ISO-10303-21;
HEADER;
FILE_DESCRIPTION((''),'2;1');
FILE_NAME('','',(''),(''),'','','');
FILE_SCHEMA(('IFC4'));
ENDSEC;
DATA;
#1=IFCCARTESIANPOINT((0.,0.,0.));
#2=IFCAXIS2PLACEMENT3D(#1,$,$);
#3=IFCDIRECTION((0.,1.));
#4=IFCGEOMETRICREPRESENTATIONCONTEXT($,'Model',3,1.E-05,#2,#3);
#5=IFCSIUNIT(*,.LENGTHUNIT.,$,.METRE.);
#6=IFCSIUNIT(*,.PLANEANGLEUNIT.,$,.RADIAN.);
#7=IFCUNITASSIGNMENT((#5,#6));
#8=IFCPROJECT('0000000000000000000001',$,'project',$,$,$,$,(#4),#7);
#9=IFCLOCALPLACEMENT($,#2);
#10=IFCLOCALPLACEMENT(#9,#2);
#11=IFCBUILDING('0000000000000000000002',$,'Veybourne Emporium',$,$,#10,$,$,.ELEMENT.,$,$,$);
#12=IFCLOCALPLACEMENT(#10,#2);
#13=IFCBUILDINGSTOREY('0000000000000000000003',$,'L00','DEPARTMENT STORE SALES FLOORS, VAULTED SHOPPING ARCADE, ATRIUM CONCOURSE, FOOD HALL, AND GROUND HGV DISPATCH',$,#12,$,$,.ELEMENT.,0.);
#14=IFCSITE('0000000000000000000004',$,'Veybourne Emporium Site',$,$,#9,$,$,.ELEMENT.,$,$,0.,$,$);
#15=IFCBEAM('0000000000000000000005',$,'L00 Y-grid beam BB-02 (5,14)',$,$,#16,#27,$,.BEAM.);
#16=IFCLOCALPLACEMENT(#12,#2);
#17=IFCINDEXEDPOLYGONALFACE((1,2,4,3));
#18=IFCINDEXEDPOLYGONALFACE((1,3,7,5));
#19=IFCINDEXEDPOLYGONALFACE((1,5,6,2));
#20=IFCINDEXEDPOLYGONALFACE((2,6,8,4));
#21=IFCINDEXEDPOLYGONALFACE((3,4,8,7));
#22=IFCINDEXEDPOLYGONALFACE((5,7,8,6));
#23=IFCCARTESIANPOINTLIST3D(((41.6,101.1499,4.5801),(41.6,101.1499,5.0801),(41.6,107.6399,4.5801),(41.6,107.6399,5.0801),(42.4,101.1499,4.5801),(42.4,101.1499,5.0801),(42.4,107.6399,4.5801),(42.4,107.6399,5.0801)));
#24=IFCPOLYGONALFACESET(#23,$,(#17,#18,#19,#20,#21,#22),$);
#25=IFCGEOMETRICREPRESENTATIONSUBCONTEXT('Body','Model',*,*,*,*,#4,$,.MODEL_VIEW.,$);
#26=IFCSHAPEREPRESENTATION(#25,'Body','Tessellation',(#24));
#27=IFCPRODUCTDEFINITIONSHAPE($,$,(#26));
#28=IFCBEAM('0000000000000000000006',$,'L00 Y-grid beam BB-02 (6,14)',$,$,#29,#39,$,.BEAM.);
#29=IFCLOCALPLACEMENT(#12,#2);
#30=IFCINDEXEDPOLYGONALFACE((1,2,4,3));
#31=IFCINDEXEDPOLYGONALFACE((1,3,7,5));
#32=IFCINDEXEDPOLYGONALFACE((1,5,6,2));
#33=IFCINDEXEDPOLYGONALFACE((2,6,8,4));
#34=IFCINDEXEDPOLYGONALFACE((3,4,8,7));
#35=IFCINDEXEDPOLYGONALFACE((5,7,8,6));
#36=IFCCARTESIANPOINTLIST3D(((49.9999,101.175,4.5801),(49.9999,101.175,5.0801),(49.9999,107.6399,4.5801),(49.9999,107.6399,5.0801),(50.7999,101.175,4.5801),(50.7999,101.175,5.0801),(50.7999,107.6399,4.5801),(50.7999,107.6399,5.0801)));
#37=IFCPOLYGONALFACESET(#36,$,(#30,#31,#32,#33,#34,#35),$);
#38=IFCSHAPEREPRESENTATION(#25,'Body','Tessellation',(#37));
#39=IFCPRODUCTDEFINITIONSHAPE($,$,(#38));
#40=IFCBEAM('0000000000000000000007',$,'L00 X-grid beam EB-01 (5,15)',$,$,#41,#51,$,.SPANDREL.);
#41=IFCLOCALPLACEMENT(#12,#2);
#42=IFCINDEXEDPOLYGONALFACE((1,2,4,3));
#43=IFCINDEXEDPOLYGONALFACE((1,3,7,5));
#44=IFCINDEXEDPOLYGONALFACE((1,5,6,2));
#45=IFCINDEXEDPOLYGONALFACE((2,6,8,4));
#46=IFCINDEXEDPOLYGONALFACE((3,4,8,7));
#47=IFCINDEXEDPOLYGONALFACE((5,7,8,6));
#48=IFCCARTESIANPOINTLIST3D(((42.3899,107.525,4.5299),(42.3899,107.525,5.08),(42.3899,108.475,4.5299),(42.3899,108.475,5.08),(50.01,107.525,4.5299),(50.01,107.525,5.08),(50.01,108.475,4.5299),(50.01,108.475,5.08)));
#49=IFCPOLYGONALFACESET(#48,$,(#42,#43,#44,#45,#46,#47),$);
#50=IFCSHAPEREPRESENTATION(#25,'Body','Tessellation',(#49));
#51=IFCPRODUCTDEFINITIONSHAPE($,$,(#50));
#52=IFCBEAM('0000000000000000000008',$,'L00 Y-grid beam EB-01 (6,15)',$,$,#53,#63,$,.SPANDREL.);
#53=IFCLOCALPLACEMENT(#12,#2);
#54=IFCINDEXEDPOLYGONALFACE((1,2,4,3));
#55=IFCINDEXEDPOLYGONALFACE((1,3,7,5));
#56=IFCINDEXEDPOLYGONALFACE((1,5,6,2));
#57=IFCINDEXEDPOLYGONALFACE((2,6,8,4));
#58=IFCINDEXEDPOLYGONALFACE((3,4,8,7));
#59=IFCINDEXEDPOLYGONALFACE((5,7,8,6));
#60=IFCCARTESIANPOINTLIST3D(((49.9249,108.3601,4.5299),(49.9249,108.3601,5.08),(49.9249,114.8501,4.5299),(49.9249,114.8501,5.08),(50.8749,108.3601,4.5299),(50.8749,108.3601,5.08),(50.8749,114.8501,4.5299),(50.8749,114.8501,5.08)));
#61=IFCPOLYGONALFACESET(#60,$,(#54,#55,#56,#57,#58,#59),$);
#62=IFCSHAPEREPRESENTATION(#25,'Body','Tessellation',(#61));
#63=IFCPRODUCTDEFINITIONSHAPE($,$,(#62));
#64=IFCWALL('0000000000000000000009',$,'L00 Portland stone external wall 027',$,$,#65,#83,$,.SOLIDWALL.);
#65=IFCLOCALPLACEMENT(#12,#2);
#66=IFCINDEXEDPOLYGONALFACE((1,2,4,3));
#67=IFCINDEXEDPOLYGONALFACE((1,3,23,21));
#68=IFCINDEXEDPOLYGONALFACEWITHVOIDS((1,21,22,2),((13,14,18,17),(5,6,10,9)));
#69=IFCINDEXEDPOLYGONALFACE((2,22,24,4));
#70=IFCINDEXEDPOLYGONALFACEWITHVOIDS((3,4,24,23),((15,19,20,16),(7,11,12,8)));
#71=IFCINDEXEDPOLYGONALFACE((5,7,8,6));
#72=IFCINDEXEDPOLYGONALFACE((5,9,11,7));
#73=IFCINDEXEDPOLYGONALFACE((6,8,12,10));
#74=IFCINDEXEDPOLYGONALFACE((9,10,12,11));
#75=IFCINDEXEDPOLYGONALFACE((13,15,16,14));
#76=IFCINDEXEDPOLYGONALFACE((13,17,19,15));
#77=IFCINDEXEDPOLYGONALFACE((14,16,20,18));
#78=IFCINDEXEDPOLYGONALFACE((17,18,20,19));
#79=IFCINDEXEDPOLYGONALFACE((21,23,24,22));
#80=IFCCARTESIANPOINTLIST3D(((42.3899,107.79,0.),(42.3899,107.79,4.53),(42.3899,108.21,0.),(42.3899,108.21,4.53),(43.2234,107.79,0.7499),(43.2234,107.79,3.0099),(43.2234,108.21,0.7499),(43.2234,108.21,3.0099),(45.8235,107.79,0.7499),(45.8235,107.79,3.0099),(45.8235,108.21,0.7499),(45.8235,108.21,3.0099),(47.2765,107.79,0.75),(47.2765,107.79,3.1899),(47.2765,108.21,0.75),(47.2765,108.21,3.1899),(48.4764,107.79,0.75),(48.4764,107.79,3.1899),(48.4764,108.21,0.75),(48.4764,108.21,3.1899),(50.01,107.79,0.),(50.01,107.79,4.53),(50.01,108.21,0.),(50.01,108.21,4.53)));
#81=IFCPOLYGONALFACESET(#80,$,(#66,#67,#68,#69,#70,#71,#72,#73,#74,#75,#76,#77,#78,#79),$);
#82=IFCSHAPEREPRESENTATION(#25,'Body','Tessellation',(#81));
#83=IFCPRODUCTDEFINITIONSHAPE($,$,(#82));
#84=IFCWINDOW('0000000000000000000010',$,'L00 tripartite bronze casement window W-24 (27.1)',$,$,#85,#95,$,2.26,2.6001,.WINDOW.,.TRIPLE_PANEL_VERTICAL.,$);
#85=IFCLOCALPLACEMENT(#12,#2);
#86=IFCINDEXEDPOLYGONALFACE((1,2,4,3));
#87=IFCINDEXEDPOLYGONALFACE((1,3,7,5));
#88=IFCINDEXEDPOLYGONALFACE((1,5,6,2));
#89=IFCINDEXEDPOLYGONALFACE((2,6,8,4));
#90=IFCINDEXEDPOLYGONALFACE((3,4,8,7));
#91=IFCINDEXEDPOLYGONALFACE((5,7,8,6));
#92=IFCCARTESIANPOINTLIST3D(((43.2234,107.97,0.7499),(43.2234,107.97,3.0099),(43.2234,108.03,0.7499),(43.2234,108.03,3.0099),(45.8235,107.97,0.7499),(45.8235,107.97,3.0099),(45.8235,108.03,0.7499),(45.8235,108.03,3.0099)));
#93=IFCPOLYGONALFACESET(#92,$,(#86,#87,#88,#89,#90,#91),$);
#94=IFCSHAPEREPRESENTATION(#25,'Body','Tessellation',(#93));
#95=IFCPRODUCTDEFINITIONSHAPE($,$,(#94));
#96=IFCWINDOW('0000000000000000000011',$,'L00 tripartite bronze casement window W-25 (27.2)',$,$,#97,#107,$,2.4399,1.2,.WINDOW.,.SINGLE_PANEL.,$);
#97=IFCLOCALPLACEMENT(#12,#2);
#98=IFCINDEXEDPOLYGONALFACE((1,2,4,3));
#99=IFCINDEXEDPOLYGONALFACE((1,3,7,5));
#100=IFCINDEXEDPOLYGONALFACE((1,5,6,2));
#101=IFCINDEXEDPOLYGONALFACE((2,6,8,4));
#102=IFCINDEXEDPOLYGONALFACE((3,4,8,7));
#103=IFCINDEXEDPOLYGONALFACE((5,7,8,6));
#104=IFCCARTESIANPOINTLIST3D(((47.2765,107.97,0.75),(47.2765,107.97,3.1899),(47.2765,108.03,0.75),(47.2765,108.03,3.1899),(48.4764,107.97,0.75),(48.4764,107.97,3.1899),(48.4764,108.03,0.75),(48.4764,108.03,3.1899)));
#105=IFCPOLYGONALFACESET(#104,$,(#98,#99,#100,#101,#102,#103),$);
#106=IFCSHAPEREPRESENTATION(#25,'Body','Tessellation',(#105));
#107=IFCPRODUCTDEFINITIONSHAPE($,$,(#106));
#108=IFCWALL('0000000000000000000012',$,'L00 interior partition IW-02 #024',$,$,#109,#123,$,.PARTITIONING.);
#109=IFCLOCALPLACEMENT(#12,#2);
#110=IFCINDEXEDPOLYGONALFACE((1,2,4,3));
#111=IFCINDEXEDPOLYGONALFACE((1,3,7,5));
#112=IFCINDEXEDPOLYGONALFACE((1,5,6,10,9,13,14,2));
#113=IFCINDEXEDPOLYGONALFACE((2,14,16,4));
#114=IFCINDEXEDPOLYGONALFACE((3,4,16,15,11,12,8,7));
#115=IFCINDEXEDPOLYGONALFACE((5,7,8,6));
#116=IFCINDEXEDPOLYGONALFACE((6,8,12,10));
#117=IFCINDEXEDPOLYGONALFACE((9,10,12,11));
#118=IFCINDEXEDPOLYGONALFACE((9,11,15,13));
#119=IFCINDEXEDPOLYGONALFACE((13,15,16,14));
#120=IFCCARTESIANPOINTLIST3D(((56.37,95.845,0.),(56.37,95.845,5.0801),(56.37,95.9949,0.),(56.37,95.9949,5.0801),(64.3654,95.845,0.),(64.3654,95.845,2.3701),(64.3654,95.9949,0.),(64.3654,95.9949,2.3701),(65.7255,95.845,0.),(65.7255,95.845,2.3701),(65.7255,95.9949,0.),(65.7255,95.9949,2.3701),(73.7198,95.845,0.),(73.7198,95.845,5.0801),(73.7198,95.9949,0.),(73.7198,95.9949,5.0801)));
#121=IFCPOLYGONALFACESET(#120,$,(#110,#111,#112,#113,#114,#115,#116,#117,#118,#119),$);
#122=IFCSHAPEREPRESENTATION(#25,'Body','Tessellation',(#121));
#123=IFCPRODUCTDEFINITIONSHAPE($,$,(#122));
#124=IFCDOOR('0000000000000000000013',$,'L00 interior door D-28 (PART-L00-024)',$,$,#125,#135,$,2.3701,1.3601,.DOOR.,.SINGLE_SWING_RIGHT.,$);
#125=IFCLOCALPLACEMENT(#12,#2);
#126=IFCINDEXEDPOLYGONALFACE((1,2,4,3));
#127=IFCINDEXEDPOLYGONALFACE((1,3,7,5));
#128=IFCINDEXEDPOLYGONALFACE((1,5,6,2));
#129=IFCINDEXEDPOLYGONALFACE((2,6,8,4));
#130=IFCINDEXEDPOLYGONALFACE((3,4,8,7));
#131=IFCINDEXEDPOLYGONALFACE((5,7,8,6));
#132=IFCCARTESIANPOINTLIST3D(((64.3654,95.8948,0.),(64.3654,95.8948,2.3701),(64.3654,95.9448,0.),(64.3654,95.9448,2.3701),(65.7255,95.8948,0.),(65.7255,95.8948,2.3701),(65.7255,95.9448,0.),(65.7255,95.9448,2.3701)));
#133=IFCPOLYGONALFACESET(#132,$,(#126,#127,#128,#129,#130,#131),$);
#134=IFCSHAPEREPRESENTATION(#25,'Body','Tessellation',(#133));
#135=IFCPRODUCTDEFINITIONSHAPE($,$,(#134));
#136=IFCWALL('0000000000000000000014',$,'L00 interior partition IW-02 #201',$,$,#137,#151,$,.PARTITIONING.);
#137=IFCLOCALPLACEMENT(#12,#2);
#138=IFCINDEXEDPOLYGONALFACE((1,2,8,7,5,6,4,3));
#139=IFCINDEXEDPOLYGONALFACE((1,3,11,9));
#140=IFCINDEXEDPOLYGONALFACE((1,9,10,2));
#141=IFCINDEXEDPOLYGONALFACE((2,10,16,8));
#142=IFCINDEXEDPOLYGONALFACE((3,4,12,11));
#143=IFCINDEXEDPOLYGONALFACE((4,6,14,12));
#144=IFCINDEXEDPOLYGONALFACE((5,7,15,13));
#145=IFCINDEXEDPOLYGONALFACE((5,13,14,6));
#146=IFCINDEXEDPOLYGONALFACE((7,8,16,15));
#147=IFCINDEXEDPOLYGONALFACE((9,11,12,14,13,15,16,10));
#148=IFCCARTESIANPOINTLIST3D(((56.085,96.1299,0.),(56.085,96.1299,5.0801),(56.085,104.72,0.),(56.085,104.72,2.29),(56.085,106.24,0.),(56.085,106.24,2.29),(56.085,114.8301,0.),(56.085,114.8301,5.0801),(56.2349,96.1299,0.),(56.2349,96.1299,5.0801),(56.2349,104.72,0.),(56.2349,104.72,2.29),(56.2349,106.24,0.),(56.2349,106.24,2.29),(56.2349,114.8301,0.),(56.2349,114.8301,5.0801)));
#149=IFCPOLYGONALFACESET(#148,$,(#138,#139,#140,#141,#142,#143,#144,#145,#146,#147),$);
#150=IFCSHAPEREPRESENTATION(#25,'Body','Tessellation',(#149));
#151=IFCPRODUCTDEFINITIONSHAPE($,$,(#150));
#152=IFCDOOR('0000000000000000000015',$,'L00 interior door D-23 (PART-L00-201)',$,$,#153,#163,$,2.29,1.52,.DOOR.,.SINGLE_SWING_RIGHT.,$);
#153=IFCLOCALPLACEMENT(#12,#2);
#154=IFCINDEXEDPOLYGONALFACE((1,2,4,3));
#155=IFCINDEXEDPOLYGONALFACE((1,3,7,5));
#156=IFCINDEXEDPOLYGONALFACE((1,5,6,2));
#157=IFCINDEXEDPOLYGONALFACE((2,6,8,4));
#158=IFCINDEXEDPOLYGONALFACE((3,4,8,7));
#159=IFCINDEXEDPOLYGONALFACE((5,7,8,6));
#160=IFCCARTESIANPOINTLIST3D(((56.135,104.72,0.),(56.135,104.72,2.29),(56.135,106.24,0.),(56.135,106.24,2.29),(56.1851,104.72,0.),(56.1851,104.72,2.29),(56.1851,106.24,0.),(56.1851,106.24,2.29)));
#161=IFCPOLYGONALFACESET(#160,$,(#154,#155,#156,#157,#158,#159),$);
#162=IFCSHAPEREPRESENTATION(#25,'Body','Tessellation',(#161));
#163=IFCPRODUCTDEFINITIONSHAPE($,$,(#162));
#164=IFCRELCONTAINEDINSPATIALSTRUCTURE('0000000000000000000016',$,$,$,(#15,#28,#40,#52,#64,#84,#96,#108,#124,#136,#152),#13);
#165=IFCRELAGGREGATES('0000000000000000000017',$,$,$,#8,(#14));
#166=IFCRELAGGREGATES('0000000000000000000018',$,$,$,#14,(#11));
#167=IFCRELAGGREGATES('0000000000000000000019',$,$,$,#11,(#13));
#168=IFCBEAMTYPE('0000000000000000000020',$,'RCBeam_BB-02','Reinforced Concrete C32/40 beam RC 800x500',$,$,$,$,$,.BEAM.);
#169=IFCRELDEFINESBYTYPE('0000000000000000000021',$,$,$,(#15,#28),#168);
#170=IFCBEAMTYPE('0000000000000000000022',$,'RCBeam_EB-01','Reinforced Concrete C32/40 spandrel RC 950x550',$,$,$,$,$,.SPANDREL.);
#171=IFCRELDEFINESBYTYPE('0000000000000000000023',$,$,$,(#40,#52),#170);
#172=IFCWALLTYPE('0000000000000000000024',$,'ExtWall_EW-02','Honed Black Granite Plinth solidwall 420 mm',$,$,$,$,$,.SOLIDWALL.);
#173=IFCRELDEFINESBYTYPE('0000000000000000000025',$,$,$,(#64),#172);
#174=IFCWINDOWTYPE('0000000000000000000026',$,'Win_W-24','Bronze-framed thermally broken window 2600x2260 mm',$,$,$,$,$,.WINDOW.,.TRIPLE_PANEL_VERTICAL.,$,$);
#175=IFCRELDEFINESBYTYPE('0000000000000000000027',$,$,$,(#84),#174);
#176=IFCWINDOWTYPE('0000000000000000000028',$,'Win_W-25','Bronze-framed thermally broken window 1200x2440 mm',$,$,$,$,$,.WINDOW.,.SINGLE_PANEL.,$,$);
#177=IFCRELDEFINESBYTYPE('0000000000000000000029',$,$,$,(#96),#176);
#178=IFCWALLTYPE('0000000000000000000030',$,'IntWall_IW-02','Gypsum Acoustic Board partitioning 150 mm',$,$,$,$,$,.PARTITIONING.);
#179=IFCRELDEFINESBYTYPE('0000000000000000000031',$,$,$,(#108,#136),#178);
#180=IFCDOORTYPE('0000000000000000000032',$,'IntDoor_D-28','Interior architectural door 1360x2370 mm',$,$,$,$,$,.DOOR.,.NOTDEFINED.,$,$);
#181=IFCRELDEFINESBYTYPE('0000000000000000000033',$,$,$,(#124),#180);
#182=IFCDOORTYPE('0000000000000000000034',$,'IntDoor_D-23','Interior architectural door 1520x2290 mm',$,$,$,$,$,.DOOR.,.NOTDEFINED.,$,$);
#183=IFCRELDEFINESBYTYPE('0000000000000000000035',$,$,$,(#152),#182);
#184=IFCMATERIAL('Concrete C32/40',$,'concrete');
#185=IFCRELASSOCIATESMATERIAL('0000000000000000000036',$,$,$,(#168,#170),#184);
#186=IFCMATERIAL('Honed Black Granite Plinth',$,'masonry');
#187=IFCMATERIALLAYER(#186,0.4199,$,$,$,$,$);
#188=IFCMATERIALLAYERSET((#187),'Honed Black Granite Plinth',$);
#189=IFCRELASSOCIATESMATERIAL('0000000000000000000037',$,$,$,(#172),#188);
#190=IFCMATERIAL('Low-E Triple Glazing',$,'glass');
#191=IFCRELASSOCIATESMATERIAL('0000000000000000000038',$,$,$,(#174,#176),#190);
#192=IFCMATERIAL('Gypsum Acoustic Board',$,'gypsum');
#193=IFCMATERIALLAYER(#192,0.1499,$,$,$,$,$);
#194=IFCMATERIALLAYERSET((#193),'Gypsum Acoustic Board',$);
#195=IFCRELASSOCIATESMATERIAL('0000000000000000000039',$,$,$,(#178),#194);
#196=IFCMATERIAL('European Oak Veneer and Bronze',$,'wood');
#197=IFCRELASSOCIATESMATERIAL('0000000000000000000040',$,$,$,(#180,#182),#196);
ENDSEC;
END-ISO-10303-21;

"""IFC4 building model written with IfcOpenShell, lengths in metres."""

from ifc_helpers import new_model, si_unit, direction, frame, frame_2d, origin, origin_2d, place, context, subcontext, project, spatial, rectangle, extrude, material, layer, layer_set, material_profile, profile_set, type_object, element, fill, save


model = new_model("IFC4")

# Units and contexts
model_context = context("Model", 3, precision=1e-05, world=origin(), true_north=direction((0.0, 1.0)))
body_context = subcontext(model_context, "Body", "Model", "MODEL_VIEW")
ifc_project = project(units=[si_unit("LENGTHUNIT", "METRE"), si_unit("PLANEANGLEUNIT", "RADIAN")], contexts=[model_context])

# Site, building, storey
site_placement = place(None, origin())
site = spatial("IfcSite", under=ifc_project, at=site_placement, Name="Veybourne Emporium Site", CompositionType="ELEMENT", RefElevation=0.0)
building_placement = place(site_placement, origin())
building = spatial("IfcBuilding", under=site, at=building_placement, Name="Veybourne Emporium", CompositionType="ELEMENT")
storey_placement = place(building_placement, origin())
storey = spatial("IfcBuildingStorey", under=building, at=storey_placement, Name="L00", Description="DEPARTMENT STORE SALES FLOORS, VAULTED SHOPPING ARCADE, ATRIUM CONCOURSE, FOOD HALL, AND GROUND HGV DISPATCH", CompositionType="ELEMENT", Elevation=0.0)

# Beams
ifc_material_1 = material(Name="Concrete C32/40", Category="concrete")
ifc_material_profile_1 = material_profile(ifc_material_1, rectangle(XDim=0.8, YDim=0.5, at=origin_2d()), Name="RC 800x500")
ifc_profile_set_1 = profile_set([ifc_material_profile_1], Name="Concrete C32/40")
beam_type_1 = type_object("IfcBeamType", Name="RCBeam_BB-02", Description="Reinforced Concrete C32/40 beam RC 800x500", PredefinedType="BEAM", material=ifc_profile_set_1)
beam_1_placement = place(storey_placement, frame((42.0, 101.1499, 4.8301), z_axis=(0.0, 1.0, 0.0), x_axis=(-1.0, 0.0, 0.0)))
element("IfcBeam", 1, at=beam_1_placement, inside=storey, type_object=beam_type_1, Name="L00 Y-grid beam BB-02 (5,14)", PredefinedType="BEAM", context=body_context, shape_type="SweptSolid", body=[
    extrude(rectangle(XDim=0.8, YDim=0.5, at=origin_2d()), origin(), (0.0, 0.0, 1.0), 6.49),
])
beam_2_placement = place(storey_placement, frame((50.3999, 101.175, 4.8301), z_axis=(0.0, 1.0, 0.0), x_axis=(-1.0, 0.0, 0.0)))
element("IfcBeam", 2, at=beam_2_placement, inside=storey, type_object=beam_type_1, Name="L00 Y-grid beam BB-02 (6,14)", PredefinedType="BEAM", context=body_context, shape_type="SweptSolid", body=[
    extrude(rectangle(XDim=0.8, YDim=0.5, at=origin_2d()), origin(), (0.0, 0.0, 1.0), 6.4648),
])
ifc_material_profile_2 = material_profile(ifc_material_1, rectangle(XDim=0.95, YDim=0.55, at=origin_2d()), Name="RC 950x550")
ifc_profile_set_2 = profile_set([ifc_material_profile_2], Name="Concrete C32/40")
beam_type_2 = type_object("IfcBeamType", Name="RCBeam_EB-01", Description="Reinforced Concrete C32/40 spandrel RC 950x550", PredefinedType="SPANDREL", material=ifc_profile_set_2)
beam_3_placement = place(storey_placement, frame((42.3899, 108.0, 4.8049), z_axis=(1.0, 0.0, 0.0), x_axis=(0.0, 1.0, 0.0)))
element("IfcBeam", 3, at=beam_3_placement, inside=storey, type_object=beam_type_2, Name="L00 X-grid beam EB-01 (5,15)", PredefinedType="SPANDREL", context=body_context, shape_type="SweptSolid", body=[
    extrude(rectangle(XDim=0.95, YDim=0.55, at=origin_2d()), origin(), (0.0, 0.0, 1.0), 7.6201),
])
beam_4_placement = place(storey_placement, frame((50.3999, 108.3601, 4.8049), z_axis=(0.0, 1.0, 0.0), x_axis=(-1.0, 0.0, 0.0)))
element("IfcBeam", 4, at=beam_4_placement, inside=storey, type_object=beam_type_2, Name="L00 Y-grid beam EB-01 (6,15)", PredefinedType="SPANDREL", context=body_context, shape_type="SweptSolid", body=[
    extrude(rectangle(XDim=0.95, YDim=0.55, at=origin_2d()), origin(), (0.0, 0.0, 1.0), 6.49),
])

# Wall, openings, windows
ifc_material_2 = material(Name="Honed Black Granite Plinth", Category="masonry")
ifc_layer_1 = layer(ifc_material_2, 0.4199)
ifc_layer_set_1 = layer_set([ifc_layer_1], Name="Honed Black Granite Plinth")
wall_type_1 = type_object("IfcWallType", Name="ExtWall_EW-02", Description="Honed Black Granite Plinth solidwall 420 mm", PredefinedType="SOLIDWALL", material=ifc_layer_set_1)
wall_1_placement = place(storey_placement, frame((42.3899, 108.0, 0.0), z_axis=(0.0, 0.0, 1.0), x_axis=(1.0, 0.0, 0.0)))
wall_1 = element("IfcWall", 5, at=wall_1_placement, inside=storey, type_object=wall_type_1, Name="L00 Portland stone external wall 027", PredefinedType="SOLIDWALL", context=body_context, shape_type="SweptSolid", body=[
    extrude(rectangle(XDim=7.6201, YDim=0.4199, at=frame_2d((3.8101, 0.0))), origin(), (0.0, 0.0, 1.0), 4.53),
])
opening_1_placement = place(wall_1_placement, frame((0.8335, 0.0, 0.75)))
opening_1 = element("IfcOpeningElement", 6, at=opening_1_placement, cuts=wall_1, PredefinedType="OPENING", context=body_context, shape_type="SweptSolid", body=[
    extrude(rectangle(XDim=2.6001, YDim=2.26, at=frame_2d((1.3, 1.1299))), frame((0.0, 0.23, 0.0), z_axis=(0.0, -1.0, 0.0), x_axis=(1.0, 0.0, 0.0)), (0.0, 0.0, 1.0), 0.46),
])
opening_2_placement = place(wall_1_placement, frame((4.8865, 0.0, 0.75)))
opening_2 = element("IfcOpeningElement", 7, at=opening_2_placement, cuts=wall_1, PredefinedType="OPENING", context=body_context, shape_type="SweptSolid", body=[
    extrude(rectangle(XDim=1.2, YDim=2.4399, at=frame_2d((0.6001, 1.22))), frame((0.0, 0.23, 0.0), z_axis=(0.0, -1.0, 0.0), x_axis=(1.0, 0.0, 0.0)), (0.0, 0.0, 1.0), 0.46),
])
ifc_material_3 = material(Name="Low-E Triple Glazing", Category="glass")
window_type_1 = type_object("IfcWindowType", Name="Win_W-24", Description="Bronze-framed thermally broken window 2600x2260 mm", PartitioningType="TRIPLE_PANEL_VERTICAL", PredefinedType="WINDOW", material=ifc_material_3)
window_1_placement = place(opening_1_placement, origin())
window_1 = element("IfcWindow", 8, at=window_1_placement, inside=storey, type_object=window_type_1, Name="L00 tripartite bronze casement window W-24 (27.1)", OverallHeight=2.26, OverallWidth=2.6001, PartitioningType="TRIPLE_PANEL_VERTICAL", PredefinedType="WINDOW", context=body_context, shape_type="SweptSolid", body=[
    extrude(rectangle(XDim=2.6001, YDim=2.26, at=frame_2d((1.3, 1.1299))), frame((0.0, 0.03, 0.0), z_axis=(0.0, -1.0, 0.0), x_axis=(1.0, 0.0, 0.0)), (0.0, 0.0, 1.0), 0.0601),
])
fill(opening_1, window_1)
window_type_2 = type_object("IfcWindowType", Name="Win_W-25", Description="Bronze-framed thermally broken window 1200x2440 mm", PartitioningType="SINGLE_PANEL", PredefinedType="WINDOW", material=ifc_material_3)
window_2_placement = place(opening_2_placement, origin())
window_2 = element("IfcWindow", 9, at=window_2_placement, inside=storey, type_object=window_type_2, Name="L00 tripartite bronze casement window W-25 (27.2)", OverallHeight=2.4399, OverallWidth=1.2, PartitioningType="SINGLE_PANEL", PredefinedType="WINDOW", context=body_context, shape_type="SweptSolid", body=[
    extrude(rectangle(XDim=1.2, YDim=2.4399, at=frame_2d((0.6001, 1.22))), frame((0.0, 0.03, 0.0), z_axis=(0.0, -1.0, 0.0), x_axis=(1.0, 0.0, 0.0)), (0.0, 0.0, 1.0), 0.0601),
])
fill(opening_2, window_2)

# Walls, openings, doors
ifc_material_4 = material(Name="Gypsum Acoustic Board", Category="gypsum")
ifc_layer_2 = layer(ifc_material_4, 0.1499)
ifc_layer_set_2 = layer_set([ifc_layer_2], Name="Gypsum Acoustic Board")
wall_type_2 = type_object("IfcWallType", Name="IntWall_IW-02", Description="Gypsum Acoustic Board partitioning 150 mm", PredefinedType="PARTITIONING", material=ifc_layer_set_2)
wall_2_placement = place(storey_placement, frame((56.3701, 95.9199, 0.0), z_axis=(0.0, 0.0, 1.0), x_axis=(1.0, 0.0, 0.0)))
wall_2 = element("IfcWall", 10, at=wall_2_placement, inside=storey, type_object=wall_type_2, Name="L00 interior partition IW-02 #024", PredefinedType="PARTITIONING", context=body_context, shape_type="SweptSolid", body=[
    extrude(rectangle(XDim=17.3499, YDim=0.1499, at=frame_2d((8.6748, 0.0))), origin(), (0.0, 0.0, 1.0), 5.0801),
])
opening_3_placement = place(wall_2_placement, frame((7.9951, 0.0, 0.0)))
opening_3 = element("IfcOpeningElement", 11, at=opening_3_placement, cuts=wall_2, PredefinedType="OPENING", context=body_context, shape_type="SweptSolid", body=[
    extrude(rectangle(XDim=1.3601, YDim=2.3701, at=frame_2d((0.6802, 1.1851))), frame((0.0, 0.095, 0.0), z_axis=(0.0, -1.0, 0.0), x_axis=(1.0, 0.0, 0.0)), (0.0, 0.0, 1.0), 0.1899),
])
ifc_material_5 = material(Name="European Oak Veneer and Bronze", Category="wood")
door_type_1 = type_object("IfcDoorType", Name="IntDoor_D-28", Description="Interior architectural door 1360x2370 mm", OperationType="NOTDEFINED", PredefinedType="DOOR", material=ifc_material_5)
door_1_placement = place(opening_3_placement, origin())
door_1 = element("IfcDoor", 12, at=door_1_placement, inside=storey, type_object=door_type_1, Name="L00 interior door D-28 (PART-L00-024)", OperationType="SINGLE_SWING_RIGHT", OverallHeight=2.3701, OverallWidth=1.3601, PredefinedType="DOOR", context=body_context, shape_type="SweptSolid", body=[
    extrude(rectangle(XDim=1.3601, YDim=2.3701, at=frame_2d((0.6802, 1.1851))), frame((0.0, 0.0249, 0.0), z_axis=(0.0, -1.0, 0.0), x_axis=(1.0, 0.0, 0.0)), (0.0, 0.0, 1.0), 0.05),
])
fill(opening_3, door_1)
wall_3_placement = place(storey_placement, frame((56.1599, 96.1299, 0.0), z_axis=(0.0, 0.0, 1.0), x_axis=(0.0, 1.0, 0.0)))
wall_3 = element("IfcWall", 13, at=wall_3_placement, inside=storey, type_object=wall_type_2, Name="L00 interior partition IW-02 #201", PredefinedType="PARTITIONING", context=body_context, shape_type="SweptSolid", body=[
    extrude(rectangle(XDim=18.7002, YDim=0.1499, at=frame_2d((9.3501, 0.0))), origin(), (0.0, 0.0, 1.0), 5.0801),
])
opening_4_placement = place(wall_3_placement, frame((8.5901, 0.0, 0.0)))
opening_4 = element("IfcOpeningElement", 14, at=opening_4_placement, cuts=wall_3, PredefinedType="OPENING", context=body_context, shape_type="SweptSolid", body=[
    extrude(rectangle(XDim=1.52, YDim=2.29, at=frame_2d((0.76, 1.145))), frame((0.0, 0.095, 0.0), z_axis=(0.0, -1.0, 0.0), x_axis=(1.0, 0.0, 0.0)), (0.0, 0.0, 1.0), 0.1899),
])
door_type_2 = type_object("IfcDoorType", Name="IntDoor_D-23", Description="Interior architectural door 1520x2290 mm", OperationType="NOTDEFINED", PredefinedType="DOOR", material=ifc_material_5)
door_2_placement = place(opening_4_placement, origin())
door_2 = element("IfcDoor", 15, at=door_2_placement, inside=storey, type_object=door_type_2, Name="L00 interior door D-23 (PART-L00-201)", OperationType="SINGLE_SWING_RIGHT", OverallHeight=2.29, OverallWidth=1.52, PredefinedType="DOOR", context=body_context, shape_type="SweptSolid", body=[
    extrude(rectangle(XDim=1.52, YDim=2.29, at=frame_2d((0.76, 1.145))), frame((0.0, 0.0249, 0.0), z_axis=(0.0, -1.0, 0.0), x_axis=(1.0, 0.0, 0.0)), (0.0, 0.0, 1.0), 0.05),
])
fill(opening_4, door_2)

save(model, "model.ifc")
